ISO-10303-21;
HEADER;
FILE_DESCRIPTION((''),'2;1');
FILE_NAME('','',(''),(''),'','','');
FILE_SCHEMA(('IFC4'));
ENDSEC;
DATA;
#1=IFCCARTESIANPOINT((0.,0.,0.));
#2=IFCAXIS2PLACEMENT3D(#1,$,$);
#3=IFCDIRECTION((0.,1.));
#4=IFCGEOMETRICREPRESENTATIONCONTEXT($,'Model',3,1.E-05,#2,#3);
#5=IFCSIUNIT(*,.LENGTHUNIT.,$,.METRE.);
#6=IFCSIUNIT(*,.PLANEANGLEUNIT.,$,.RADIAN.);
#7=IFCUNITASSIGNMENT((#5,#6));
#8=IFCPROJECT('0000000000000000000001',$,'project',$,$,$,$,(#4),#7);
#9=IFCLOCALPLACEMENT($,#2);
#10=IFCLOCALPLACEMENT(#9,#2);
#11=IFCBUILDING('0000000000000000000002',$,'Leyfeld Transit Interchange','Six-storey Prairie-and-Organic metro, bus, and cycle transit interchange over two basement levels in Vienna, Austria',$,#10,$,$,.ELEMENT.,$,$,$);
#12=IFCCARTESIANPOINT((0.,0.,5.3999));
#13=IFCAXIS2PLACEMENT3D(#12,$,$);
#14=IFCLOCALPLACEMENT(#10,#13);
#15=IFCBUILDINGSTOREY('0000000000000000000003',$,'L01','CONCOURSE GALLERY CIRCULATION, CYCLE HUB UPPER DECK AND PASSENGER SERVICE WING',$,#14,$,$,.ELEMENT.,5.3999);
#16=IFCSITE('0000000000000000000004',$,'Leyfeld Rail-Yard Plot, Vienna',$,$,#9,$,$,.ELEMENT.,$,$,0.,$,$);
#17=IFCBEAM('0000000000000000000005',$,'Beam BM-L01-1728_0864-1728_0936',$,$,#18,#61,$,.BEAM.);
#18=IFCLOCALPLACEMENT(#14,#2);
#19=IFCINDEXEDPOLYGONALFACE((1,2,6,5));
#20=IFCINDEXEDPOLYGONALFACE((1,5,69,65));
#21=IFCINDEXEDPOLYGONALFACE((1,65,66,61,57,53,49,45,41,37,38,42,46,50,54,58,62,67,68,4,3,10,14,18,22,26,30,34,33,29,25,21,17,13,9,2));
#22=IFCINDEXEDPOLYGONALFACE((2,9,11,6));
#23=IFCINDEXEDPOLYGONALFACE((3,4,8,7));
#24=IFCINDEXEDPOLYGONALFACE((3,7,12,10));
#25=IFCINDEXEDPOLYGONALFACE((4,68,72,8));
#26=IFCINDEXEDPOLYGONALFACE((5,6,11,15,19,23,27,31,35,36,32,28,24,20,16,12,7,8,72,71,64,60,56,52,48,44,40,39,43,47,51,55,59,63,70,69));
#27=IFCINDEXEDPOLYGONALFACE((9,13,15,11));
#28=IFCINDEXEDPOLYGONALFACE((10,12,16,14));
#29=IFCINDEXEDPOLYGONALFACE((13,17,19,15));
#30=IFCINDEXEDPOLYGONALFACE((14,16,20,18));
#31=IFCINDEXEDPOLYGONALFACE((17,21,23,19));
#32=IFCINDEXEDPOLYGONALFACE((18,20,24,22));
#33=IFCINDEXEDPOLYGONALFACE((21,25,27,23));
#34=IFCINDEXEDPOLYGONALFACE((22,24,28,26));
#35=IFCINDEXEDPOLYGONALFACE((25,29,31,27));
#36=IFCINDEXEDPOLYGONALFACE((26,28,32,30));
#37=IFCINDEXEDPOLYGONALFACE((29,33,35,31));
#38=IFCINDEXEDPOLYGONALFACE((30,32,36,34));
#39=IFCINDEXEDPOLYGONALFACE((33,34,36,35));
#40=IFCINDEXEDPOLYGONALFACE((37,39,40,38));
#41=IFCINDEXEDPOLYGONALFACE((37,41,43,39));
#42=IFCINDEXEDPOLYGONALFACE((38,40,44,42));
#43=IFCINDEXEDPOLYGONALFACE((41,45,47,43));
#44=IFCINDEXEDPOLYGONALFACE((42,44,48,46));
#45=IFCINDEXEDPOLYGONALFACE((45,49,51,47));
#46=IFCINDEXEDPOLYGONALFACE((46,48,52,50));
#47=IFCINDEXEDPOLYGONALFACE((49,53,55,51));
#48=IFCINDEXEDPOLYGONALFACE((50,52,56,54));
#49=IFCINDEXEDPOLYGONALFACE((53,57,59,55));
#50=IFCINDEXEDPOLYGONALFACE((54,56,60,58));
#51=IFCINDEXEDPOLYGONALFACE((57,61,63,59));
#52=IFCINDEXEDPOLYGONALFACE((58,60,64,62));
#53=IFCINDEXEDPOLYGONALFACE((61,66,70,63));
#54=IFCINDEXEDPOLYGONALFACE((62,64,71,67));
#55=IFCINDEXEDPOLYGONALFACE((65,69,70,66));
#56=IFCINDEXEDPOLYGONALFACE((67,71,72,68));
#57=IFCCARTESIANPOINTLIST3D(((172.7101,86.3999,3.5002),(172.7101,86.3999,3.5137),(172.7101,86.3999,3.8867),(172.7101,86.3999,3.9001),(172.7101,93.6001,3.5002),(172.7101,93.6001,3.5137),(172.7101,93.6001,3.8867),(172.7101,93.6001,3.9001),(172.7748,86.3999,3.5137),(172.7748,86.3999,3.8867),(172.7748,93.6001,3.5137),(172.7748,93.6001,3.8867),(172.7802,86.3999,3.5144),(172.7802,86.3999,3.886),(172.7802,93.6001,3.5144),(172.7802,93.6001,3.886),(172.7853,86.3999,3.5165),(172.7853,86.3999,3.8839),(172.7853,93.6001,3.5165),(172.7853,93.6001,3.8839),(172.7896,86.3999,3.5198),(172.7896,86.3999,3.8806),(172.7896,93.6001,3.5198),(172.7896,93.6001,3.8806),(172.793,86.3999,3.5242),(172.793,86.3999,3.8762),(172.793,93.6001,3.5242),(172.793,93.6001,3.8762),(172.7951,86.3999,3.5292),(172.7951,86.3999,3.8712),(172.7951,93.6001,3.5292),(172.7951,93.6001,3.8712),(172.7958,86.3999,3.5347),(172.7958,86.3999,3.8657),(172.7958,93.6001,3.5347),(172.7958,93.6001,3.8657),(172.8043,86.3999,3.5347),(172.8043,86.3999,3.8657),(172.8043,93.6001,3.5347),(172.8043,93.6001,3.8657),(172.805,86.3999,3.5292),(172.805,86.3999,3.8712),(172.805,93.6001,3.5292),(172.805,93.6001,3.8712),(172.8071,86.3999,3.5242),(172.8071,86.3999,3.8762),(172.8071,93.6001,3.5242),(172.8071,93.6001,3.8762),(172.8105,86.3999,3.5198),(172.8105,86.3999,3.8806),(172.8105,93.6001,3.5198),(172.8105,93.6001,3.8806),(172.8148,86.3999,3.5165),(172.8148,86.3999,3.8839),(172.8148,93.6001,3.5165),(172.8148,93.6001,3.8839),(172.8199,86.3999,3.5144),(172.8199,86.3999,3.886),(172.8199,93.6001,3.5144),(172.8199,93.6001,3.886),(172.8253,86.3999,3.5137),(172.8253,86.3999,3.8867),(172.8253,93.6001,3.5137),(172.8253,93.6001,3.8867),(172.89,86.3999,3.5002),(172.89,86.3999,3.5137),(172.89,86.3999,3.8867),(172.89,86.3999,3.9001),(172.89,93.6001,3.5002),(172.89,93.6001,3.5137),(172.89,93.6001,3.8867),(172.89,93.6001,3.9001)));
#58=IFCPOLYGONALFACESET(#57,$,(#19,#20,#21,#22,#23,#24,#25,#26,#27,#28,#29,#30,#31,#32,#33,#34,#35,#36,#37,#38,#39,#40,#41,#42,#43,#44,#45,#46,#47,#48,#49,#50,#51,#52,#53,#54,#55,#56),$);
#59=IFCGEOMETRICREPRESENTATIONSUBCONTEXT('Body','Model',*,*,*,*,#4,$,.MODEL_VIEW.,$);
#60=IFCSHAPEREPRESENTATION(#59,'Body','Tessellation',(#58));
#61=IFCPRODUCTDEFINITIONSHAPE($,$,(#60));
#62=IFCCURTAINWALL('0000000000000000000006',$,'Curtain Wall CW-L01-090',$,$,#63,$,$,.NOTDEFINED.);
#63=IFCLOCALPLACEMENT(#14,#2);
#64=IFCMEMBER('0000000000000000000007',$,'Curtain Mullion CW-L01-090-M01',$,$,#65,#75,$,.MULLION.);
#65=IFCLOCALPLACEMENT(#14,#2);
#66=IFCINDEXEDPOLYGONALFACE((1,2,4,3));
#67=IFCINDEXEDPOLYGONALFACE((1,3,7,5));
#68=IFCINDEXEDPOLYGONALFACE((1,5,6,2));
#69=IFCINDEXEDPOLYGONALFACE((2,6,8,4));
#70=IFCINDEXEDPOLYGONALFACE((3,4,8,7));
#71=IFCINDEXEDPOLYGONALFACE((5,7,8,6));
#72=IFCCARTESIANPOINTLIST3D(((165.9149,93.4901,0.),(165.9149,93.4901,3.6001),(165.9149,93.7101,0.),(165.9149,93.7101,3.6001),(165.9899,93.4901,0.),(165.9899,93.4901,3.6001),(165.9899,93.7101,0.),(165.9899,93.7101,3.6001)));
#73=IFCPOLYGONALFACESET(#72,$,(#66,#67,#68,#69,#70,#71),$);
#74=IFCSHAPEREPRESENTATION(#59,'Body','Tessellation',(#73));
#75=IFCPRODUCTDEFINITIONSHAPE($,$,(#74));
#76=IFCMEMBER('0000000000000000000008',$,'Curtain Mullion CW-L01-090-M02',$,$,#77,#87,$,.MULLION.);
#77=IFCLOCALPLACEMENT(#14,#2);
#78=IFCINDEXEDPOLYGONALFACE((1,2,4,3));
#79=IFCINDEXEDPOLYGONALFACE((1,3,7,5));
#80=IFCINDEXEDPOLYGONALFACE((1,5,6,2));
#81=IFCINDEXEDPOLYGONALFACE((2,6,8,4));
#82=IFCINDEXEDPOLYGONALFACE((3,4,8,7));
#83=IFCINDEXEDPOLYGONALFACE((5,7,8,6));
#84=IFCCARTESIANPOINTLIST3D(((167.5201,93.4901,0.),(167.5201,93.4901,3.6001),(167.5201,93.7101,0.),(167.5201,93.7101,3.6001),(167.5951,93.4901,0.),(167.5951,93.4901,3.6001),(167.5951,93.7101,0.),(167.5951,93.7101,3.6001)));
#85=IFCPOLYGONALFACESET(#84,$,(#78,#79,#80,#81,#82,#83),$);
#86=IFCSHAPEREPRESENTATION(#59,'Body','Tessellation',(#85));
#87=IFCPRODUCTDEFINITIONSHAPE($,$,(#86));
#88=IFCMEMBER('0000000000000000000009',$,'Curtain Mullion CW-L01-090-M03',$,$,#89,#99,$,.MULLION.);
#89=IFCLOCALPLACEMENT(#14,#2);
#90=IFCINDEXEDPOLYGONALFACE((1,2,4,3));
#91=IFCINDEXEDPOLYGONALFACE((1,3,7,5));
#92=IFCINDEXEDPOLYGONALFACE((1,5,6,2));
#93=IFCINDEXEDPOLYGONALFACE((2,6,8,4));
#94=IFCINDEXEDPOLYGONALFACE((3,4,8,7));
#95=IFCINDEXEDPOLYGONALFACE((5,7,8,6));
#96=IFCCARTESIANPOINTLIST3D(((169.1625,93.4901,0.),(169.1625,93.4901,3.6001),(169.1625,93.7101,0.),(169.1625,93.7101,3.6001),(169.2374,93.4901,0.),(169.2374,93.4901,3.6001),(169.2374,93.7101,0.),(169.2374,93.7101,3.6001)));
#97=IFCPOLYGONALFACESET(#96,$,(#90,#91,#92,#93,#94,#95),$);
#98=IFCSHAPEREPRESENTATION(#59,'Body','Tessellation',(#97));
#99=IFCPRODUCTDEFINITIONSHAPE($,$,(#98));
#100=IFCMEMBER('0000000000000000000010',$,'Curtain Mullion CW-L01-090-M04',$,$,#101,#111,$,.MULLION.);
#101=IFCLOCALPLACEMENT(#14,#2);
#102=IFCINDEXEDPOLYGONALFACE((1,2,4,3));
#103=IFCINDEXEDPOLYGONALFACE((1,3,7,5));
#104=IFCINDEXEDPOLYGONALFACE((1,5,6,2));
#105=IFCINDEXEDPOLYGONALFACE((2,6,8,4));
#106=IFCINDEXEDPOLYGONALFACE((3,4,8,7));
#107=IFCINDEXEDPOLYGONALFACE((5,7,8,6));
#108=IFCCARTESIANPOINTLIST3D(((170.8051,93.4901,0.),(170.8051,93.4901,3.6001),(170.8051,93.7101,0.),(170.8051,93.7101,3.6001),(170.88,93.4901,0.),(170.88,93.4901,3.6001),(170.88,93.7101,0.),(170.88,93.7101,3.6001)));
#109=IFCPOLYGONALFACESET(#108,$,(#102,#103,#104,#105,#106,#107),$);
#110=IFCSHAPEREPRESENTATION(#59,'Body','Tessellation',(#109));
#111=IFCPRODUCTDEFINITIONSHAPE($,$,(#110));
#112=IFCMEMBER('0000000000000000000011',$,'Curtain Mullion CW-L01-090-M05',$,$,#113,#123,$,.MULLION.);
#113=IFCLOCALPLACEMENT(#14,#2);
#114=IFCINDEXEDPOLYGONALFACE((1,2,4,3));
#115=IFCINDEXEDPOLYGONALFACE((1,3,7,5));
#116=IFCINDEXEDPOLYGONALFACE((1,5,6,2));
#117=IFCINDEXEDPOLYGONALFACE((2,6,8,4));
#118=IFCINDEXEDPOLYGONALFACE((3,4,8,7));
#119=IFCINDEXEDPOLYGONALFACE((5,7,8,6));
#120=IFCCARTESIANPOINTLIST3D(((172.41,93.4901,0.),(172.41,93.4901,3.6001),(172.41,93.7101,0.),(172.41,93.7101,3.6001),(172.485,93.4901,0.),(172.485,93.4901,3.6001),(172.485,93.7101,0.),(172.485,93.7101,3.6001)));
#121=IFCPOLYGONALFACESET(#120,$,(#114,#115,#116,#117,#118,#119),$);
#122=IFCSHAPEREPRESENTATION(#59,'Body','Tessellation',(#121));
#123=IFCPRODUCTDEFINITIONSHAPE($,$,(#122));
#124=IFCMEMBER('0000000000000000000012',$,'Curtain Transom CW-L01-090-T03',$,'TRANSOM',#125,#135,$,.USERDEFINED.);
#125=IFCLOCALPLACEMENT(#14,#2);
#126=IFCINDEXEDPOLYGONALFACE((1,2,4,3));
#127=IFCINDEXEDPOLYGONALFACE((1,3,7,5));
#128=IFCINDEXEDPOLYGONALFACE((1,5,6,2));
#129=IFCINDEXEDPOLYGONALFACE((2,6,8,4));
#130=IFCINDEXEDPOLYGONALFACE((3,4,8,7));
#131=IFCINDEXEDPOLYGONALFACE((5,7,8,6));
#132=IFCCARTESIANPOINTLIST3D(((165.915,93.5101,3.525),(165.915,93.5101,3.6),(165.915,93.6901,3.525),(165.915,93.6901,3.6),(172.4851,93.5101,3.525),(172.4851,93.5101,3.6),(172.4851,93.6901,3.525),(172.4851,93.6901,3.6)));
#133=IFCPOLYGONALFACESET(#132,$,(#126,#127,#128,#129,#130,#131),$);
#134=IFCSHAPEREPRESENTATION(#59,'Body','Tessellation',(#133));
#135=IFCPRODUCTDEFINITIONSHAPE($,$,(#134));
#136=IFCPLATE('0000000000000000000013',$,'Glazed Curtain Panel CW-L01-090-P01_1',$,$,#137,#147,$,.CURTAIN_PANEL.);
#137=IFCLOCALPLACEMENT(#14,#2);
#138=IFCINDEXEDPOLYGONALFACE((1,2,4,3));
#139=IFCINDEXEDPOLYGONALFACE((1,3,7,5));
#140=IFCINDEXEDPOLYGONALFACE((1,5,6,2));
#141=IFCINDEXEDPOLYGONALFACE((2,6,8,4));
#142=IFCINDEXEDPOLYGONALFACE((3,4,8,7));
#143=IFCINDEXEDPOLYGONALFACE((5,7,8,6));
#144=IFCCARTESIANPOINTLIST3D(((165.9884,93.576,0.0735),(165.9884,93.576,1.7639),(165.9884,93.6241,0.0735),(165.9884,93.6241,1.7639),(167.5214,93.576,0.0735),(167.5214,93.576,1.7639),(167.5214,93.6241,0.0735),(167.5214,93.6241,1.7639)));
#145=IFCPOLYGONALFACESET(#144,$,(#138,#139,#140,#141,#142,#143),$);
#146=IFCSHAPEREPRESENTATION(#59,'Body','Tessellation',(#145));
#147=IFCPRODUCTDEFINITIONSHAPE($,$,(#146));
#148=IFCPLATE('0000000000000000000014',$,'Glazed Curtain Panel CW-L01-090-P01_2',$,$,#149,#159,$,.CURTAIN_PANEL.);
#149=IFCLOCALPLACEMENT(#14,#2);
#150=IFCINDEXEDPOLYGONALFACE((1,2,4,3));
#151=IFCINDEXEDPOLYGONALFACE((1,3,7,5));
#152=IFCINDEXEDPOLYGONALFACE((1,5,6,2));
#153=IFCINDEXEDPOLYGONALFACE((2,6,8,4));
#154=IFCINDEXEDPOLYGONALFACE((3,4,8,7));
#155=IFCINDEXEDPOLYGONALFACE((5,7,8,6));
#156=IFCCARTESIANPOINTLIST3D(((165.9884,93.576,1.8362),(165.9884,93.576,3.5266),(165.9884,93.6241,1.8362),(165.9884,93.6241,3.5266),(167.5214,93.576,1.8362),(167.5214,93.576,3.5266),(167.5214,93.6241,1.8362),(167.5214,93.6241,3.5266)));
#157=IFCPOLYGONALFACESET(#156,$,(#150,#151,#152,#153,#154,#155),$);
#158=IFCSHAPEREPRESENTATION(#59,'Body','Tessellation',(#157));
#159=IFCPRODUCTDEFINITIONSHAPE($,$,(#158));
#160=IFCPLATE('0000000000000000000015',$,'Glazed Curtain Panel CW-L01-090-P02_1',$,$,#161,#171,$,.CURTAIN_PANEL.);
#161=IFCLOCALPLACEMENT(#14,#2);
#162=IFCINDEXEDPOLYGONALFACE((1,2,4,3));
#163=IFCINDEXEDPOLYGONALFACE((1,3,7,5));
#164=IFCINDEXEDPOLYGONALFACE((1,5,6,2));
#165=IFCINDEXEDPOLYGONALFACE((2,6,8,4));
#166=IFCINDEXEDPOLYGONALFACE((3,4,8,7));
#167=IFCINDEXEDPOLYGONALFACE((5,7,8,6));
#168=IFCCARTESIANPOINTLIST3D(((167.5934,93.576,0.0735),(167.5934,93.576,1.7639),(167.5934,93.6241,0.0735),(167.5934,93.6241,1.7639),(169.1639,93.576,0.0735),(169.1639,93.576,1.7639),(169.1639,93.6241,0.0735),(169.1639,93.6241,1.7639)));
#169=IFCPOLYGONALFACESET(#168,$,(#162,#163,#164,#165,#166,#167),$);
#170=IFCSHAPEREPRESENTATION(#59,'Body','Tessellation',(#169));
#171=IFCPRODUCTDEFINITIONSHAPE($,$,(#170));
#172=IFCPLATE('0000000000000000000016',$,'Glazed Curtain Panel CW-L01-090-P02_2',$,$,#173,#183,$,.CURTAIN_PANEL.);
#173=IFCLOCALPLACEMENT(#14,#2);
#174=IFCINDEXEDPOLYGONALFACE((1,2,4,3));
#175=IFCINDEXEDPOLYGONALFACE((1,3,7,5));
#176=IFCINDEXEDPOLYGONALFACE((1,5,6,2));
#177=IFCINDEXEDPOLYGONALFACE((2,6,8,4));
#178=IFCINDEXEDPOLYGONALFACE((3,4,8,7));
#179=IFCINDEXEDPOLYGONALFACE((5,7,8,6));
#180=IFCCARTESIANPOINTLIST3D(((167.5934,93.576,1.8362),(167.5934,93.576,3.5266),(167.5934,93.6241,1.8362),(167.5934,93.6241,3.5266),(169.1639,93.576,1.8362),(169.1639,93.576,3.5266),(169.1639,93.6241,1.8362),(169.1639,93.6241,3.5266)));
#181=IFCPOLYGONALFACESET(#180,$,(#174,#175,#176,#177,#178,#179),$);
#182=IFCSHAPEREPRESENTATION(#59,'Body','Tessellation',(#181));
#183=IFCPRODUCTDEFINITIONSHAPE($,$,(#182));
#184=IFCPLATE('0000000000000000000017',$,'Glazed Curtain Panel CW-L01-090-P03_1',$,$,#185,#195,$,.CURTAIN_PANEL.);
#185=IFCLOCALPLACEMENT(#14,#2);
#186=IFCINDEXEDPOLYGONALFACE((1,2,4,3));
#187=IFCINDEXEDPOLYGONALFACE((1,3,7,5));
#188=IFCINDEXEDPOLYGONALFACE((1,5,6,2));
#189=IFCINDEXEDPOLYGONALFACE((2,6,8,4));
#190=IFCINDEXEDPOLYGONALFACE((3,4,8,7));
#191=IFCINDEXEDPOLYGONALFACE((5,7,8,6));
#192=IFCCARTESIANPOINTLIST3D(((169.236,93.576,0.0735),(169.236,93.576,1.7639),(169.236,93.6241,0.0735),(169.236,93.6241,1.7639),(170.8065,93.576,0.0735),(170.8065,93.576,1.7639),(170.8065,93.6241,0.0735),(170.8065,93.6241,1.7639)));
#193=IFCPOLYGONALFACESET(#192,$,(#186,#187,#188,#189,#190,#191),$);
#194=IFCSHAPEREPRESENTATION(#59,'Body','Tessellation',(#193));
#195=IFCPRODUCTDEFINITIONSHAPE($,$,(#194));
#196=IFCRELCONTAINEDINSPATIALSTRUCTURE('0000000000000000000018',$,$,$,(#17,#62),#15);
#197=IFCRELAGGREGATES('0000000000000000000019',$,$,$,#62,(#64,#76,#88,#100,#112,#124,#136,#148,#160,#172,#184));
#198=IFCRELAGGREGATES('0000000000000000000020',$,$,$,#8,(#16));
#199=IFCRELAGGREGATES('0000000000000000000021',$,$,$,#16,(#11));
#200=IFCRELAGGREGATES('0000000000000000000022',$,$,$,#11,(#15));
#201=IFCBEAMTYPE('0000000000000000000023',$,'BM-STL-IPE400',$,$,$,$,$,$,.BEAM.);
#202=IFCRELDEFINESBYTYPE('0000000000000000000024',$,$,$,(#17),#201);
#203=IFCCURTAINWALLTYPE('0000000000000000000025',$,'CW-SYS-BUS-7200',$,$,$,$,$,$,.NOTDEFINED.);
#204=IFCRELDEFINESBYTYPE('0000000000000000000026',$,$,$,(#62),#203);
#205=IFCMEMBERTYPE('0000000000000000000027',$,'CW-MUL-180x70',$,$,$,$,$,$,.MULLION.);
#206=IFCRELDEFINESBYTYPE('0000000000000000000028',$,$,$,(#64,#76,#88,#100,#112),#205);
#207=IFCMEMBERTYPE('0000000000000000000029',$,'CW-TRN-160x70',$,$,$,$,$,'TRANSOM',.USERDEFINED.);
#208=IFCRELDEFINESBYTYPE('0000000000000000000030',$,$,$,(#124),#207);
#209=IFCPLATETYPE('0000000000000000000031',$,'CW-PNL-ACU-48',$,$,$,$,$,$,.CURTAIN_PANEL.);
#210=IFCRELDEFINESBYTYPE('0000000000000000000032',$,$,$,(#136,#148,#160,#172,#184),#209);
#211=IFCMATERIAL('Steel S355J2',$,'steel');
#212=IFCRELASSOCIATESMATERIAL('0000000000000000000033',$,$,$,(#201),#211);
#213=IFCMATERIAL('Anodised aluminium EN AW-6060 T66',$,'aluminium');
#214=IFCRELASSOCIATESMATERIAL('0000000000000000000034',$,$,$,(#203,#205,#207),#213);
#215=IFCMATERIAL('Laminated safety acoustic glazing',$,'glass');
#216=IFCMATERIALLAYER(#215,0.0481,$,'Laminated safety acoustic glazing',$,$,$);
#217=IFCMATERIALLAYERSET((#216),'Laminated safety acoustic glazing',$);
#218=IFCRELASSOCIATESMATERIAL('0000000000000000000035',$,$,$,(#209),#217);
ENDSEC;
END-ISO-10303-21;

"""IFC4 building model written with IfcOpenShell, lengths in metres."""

from ifc_helpers import new_model, si_unit, direction, frame, origin, origin_2d, place, context, subcontext, project, spatial, rectangle, i_section, extrude, material, layer, layer_set, material_profile, profile_set, type_object, element, aggregate, save


model = new_model("IFC4")

# Units and contexts
model_context = context("Model", 3, precision=1e-05, world=origin(), true_north=direction((0.0, 1.0)))
body_context = subcontext(model_context, "Body", "Model", "MODEL_VIEW")
ifc_project = project(units=[si_unit("LENGTHUNIT", "METRE"), si_unit("PLANEANGLEUNIT", "RADIAN")], contexts=[model_context])

# Site, building, storey
site_placement = place(None, origin())
site = spatial("IfcSite", under=ifc_project, at=site_placement, Name="Leyfeld Rail-Yard Plot, Vienna", CompositionType="ELEMENT", RefElevation=0.0)
building_placement = place(site_placement, origin())
building = spatial("IfcBuilding", under=site, at=building_placement, Name="Leyfeld Transit Interchange", Description="Six-storey Prairie-and-Organic metro, bus, and cycle transit interchange over two basement levels in Vienna, Austria", CompositionType="ELEMENT")
storey_placement = place(building_placement, frame((0.0, 0.0, 5.3999)))
storey = spatial("IfcBuildingStorey", under=building, at=storey_placement, Name="L01", Description="CONCOURSE GALLERY CIRCULATION, CYCLE HUB UPPER DECK AND PASSENGER SERVICE WING", CompositionType="ELEMENT", Elevation=5.3999)

# Beam
ifc_material_1 = material(Name="Steel S355J2", Category="steel")
ifc_material_profile_1 = material_profile(ifc_material_1, i_section(OverallWidth=0.1799, OverallDepth=0.3999, WebThickness=0.0085, FlangeThickness=0.0134, FilletRadius=0.021, at=origin_2d()), Name="IPE 400")
ifc_profile_set_1 = profile_set([ifc_material_profile_1], Name="Steel S355J2")
beam_type_1 = type_object("IfcBeamType", Name="BM-STL-IPE400", PredefinedType="BEAM", material=ifc_profile_set_1)
beam_1_placement = place(storey_placement, frame((172.8, 86.3999, 3.7002), z_axis=(0.0, 1.0, 0.0), x_axis=(-1.0, 0.0, 0.0)))
element("IfcBeam", 1, at=beam_1_placement, inside=storey, type_object=beam_type_1, Name="Beam BM-L01-1728_0864-1728_0936", PredefinedType="BEAM", context=body_context, shape_type="SweptSolid", body=[
    extrude(i_section(OverallWidth=0.1799, OverallDepth=0.3999, WebThickness=0.0085, FlangeThickness=0.0134, FilletRadius=0.021, at=origin_2d()), origin(), (0.0, 0.0, 1.0), 7.2002),
])

# Curtain wall, members, plates
ifc_material_2 = material(Name="Anodised aluminium EN AW-6060 T66", Category="aluminium")
curtain_wall_type = type_object("IfcCurtainWallType", Name="CW-SYS-BUS-7200", PredefinedType="NOTDEFINED", material=ifc_material_2)
curtain_wall_placement = place(storey_placement, origin())
curtain_wall = element("IfcCurtainWall", 2, at=curtain_wall_placement, inside=storey, type_object=curtain_wall_type, Name="Curtain Wall CW-L01-090", PredefinedType="NOTDEFINED")
ifc_material_profile_2 = material_profile(ifc_material_2, rectangle(XDim=0.075, YDim=0.22, at=origin_2d()), Name="CW-M 75x220")
ifc_profile_set_2 = profile_set([ifc_material_profile_2], Name="Anodised aluminium EN AW-6060 T66")
member_type_1 = type_object("IfcMemberType", Name="CW-MUL-180x70", PredefinedType="MULLION", material=ifc_profile_set_2)
member_1_placement = place(storey_placement, frame((165.9524, 93.6001, 0.0), z_axis=(0.0, 0.0, 1.0), x_axis=(1.0, 0.0, 0.0)))
member_1 = element("IfcMember", 3, at=member_1_placement, type_object=member_type_1, Name="Curtain Mullion CW-L01-090-M01", PredefinedType="MULLION", context=body_context, shape_type="SweptSolid", body=[
    extrude(rectangle(XDim=0.075, YDim=0.22, at=origin_2d()), origin(), (0.0, 0.0, 1.0), 3.6001),
])
member_2_placement = place(storey_placement, frame((167.5576, 93.6001, 0.0), z_axis=(0.0, 0.0, 1.0), x_axis=(1.0, 0.0, 0.0)))
member_2 = element("IfcMember", 4, at=member_2_placement, type_object=member_type_1, Name="Curtain Mullion CW-L01-090-M02", PredefinedType="MULLION", context=body_context, shape_type="SweptSolid", body=[
    extrude(rectangle(XDim=0.075, YDim=0.22, at=origin_2d()), origin(), (0.0, 0.0, 1.0), 3.6001),
])
member_3_placement = place(storey_placement, frame((169.2, 93.6001, 0.0), z_axis=(0.0, 0.0, 1.0), x_axis=(1.0, 0.0, 0.0)))
member_3 = element("IfcMember", 5, at=member_3_placement, type_object=member_type_1, Name="Curtain Mullion CW-L01-090-M03", PredefinedType="MULLION", context=body_context, shape_type="SweptSolid", body=[
    extrude(rectangle(XDim=0.075, YDim=0.22, at=origin_2d()), origin(), (0.0, 0.0, 1.0), 3.6001),
])
member_4_placement = place(storey_placement, frame((170.8425, 93.6001, 0.0), z_axis=(0.0, 0.0, 1.0), x_axis=(1.0, 0.0, 0.0)))
member_4 = element("IfcMember", 6, at=member_4_placement, type_object=member_type_1, Name="Curtain Mullion CW-L01-090-M04", PredefinedType="MULLION", context=body_context, shape_type="SweptSolid", body=[
    extrude(rectangle(XDim=0.075, YDim=0.22, at=origin_2d()), origin(), (0.0, 0.0, 1.0), 3.6001),
])
member_5_placement = place(storey_placement, frame((172.4475, 93.6001, 0.0), z_axis=(0.0, 0.0, 1.0), x_axis=(1.0, 0.0, 0.0)))
member_5 = element("IfcMember", 7, at=member_5_placement, type_object=member_type_1, Name="Curtain Mullion CW-L01-090-M05", PredefinedType="MULLION", context=body_context, shape_type="SweptSolid", body=[
    extrude(rectangle(XDim=0.075, YDim=0.22, at=origin_2d()), origin(), (0.0, 0.0, 1.0), 3.6001),
])
ifc_material_profile_3 = material_profile(ifc_material_2, rectangle(XDim=0.1799, YDim=0.075, at=origin_2d()), Name="CW-TRN-160x70")
ifc_profile_set_3 = profile_set([ifc_material_profile_3], Name="Anodised aluminium EN AW-6060 T66")
member_type_2 = type_object("IfcMemberType", Name="CW-TRN-160x70", ElementType="TRANSOM", PredefinedType="USERDEFINED", material=ifc_profile_set_3)
member_6_placement = place(storey_placement, frame((165.915, 93.6001, 3.5625), z_axis=(1.0, 0.0, 0.0), x_axis=(0.0, 1.0, 0.0)))
member_6 = element("IfcMember", 8, at=member_6_placement, type_object=member_type_2, Name="Curtain Transom CW-L01-090-T03", ObjectType="TRANSOM", PredefinedType="USERDEFINED", context=body_context, shape_type="SweptSolid", body=[
    extrude(rectangle(XDim=0.1799, YDim=0.075, at=origin_2d()), origin(), (0.0, 0.0, 1.0), 6.5701),
])
ifc_material_3 = material(Name="Laminated safety acoustic glazing", Category="glass")
ifc_layer_1 = layer(ifc_material_3, 0.0481, Name="Laminated safety acoustic glazing")
ifc_layer_set_1 = layer_set([ifc_layer_1], Name="Laminated safety acoustic glazing")
plate_type = type_object("IfcPlateType", Name="CW-PNL-ACU-48", PredefinedType="CURTAIN_PANEL", material=ifc_layer_set_1)
plate_1_placement = place(storey_placement, frame((166.7549, 93.6001, 0.0735), z_axis=(0.0, 0.0, 1.0), x_axis=(1.0, 0.0, 0.0)))
plate_1 = element("IfcPlate", 9, at=plate_1_placement, type_object=plate_type, Name="Glazed Curtain Panel CW-L01-090-P01_1", PredefinedType="CURTAIN_PANEL", context=body_context, shape_type="SweptSolid", body=[
    extrude(rectangle(XDim=1.533, YDim=0.0481, at=origin_2d()), origin(), (0.0, 0.0, 1.0), 1.6904),
])
plate_2_placement = place(storey_placement, frame((166.7549, 93.6001, 1.8362), z_axis=(0.0, 0.0, 1.0), x_axis=(1.0, 0.0, 0.0)))
plate_2 = element("IfcPlate", 10, at=plate_2_placement, type_object=plate_type, Name="Glazed Curtain Panel CW-L01-090-P01_2", PredefinedType="CURTAIN_PANEL", context=body_context, shape_type="SweptSolid", body=[
    extrude(rectangle(XDim=1.533, YDim=0.0481, at=origin_2d()), origin(), (0.0, 0.0, 1.0), 1.6904),
])
plate_3_placement = place(storey_placement, frame((168.3787, 93.6001, 0.0735), z_axis=(0.0, 0.0, 1.0), x_axis=(1.0, 0.0, 0.0)))
plate_3 = element("IfcPlate", 11, at=plate_3_placement, type_object=plate_type, Name="Glazed Curtain Panel CW-L01-090-P02_1", PredefinedType="CURTAIN_PANEL", context=body_context, shape_type="SweptSolid", body=[
    extrude(rectangle(XDim=1.5706, YDim=0.0481, at=origin_2d()), origin(), (0.0, 0.0, 1.0), 1.6904),
])
plate_4_placement = place(storey_placement, frame((168.3787, 93.6001, 1.8362), z_axis=(0.0, 0.0, 1.0), x_axis=(1.0, 0.0, 0.0)))
plate_4 = element("IfcPlate", 12, at=plate_4_placement, type_object=plate_type, Name="Glazed Curtain Panel CW-L01-090-P02_2", PredefinedType="CURTAIN_PANEL", context=body_context, shape_type="SweptSolid", body=[
    extrude(rectangle(XDim=1.5706, YDim=0.0481, at=origin_2d()), origin(), (0.0, 0.0, 1.0), 1.6904),
])
plate_5_placement = place(storey_placement, frame((170.0212, 93.6001, 0.0735), z_axis=(0.0, 0.0, 1.0), x_axis=(1.0, 0.0, 0.0)))
plate_5 = element("IfcPlate", 13, at=plate_5_placement, type_object=plate_type, Name="Glazed Curtain Panel CW-L01-090-P03_1", PredefinedType="CURTAIN_PANEL", context=body_context, shape_type="SweptSolid", body=[
    extrude(rectangle(XDim=1.5706, YDim=0.0481, at=origin_2d()), origin(), (0.0, 0.0, 1.0), 1.6904),
])
aggregate(curtain_wall, [member_1, member_2, member_3, member_4, member_5, member_6, plate_1, plate_2, plate_3, plate_4, plate_5])

save(model, "model.ifc")
